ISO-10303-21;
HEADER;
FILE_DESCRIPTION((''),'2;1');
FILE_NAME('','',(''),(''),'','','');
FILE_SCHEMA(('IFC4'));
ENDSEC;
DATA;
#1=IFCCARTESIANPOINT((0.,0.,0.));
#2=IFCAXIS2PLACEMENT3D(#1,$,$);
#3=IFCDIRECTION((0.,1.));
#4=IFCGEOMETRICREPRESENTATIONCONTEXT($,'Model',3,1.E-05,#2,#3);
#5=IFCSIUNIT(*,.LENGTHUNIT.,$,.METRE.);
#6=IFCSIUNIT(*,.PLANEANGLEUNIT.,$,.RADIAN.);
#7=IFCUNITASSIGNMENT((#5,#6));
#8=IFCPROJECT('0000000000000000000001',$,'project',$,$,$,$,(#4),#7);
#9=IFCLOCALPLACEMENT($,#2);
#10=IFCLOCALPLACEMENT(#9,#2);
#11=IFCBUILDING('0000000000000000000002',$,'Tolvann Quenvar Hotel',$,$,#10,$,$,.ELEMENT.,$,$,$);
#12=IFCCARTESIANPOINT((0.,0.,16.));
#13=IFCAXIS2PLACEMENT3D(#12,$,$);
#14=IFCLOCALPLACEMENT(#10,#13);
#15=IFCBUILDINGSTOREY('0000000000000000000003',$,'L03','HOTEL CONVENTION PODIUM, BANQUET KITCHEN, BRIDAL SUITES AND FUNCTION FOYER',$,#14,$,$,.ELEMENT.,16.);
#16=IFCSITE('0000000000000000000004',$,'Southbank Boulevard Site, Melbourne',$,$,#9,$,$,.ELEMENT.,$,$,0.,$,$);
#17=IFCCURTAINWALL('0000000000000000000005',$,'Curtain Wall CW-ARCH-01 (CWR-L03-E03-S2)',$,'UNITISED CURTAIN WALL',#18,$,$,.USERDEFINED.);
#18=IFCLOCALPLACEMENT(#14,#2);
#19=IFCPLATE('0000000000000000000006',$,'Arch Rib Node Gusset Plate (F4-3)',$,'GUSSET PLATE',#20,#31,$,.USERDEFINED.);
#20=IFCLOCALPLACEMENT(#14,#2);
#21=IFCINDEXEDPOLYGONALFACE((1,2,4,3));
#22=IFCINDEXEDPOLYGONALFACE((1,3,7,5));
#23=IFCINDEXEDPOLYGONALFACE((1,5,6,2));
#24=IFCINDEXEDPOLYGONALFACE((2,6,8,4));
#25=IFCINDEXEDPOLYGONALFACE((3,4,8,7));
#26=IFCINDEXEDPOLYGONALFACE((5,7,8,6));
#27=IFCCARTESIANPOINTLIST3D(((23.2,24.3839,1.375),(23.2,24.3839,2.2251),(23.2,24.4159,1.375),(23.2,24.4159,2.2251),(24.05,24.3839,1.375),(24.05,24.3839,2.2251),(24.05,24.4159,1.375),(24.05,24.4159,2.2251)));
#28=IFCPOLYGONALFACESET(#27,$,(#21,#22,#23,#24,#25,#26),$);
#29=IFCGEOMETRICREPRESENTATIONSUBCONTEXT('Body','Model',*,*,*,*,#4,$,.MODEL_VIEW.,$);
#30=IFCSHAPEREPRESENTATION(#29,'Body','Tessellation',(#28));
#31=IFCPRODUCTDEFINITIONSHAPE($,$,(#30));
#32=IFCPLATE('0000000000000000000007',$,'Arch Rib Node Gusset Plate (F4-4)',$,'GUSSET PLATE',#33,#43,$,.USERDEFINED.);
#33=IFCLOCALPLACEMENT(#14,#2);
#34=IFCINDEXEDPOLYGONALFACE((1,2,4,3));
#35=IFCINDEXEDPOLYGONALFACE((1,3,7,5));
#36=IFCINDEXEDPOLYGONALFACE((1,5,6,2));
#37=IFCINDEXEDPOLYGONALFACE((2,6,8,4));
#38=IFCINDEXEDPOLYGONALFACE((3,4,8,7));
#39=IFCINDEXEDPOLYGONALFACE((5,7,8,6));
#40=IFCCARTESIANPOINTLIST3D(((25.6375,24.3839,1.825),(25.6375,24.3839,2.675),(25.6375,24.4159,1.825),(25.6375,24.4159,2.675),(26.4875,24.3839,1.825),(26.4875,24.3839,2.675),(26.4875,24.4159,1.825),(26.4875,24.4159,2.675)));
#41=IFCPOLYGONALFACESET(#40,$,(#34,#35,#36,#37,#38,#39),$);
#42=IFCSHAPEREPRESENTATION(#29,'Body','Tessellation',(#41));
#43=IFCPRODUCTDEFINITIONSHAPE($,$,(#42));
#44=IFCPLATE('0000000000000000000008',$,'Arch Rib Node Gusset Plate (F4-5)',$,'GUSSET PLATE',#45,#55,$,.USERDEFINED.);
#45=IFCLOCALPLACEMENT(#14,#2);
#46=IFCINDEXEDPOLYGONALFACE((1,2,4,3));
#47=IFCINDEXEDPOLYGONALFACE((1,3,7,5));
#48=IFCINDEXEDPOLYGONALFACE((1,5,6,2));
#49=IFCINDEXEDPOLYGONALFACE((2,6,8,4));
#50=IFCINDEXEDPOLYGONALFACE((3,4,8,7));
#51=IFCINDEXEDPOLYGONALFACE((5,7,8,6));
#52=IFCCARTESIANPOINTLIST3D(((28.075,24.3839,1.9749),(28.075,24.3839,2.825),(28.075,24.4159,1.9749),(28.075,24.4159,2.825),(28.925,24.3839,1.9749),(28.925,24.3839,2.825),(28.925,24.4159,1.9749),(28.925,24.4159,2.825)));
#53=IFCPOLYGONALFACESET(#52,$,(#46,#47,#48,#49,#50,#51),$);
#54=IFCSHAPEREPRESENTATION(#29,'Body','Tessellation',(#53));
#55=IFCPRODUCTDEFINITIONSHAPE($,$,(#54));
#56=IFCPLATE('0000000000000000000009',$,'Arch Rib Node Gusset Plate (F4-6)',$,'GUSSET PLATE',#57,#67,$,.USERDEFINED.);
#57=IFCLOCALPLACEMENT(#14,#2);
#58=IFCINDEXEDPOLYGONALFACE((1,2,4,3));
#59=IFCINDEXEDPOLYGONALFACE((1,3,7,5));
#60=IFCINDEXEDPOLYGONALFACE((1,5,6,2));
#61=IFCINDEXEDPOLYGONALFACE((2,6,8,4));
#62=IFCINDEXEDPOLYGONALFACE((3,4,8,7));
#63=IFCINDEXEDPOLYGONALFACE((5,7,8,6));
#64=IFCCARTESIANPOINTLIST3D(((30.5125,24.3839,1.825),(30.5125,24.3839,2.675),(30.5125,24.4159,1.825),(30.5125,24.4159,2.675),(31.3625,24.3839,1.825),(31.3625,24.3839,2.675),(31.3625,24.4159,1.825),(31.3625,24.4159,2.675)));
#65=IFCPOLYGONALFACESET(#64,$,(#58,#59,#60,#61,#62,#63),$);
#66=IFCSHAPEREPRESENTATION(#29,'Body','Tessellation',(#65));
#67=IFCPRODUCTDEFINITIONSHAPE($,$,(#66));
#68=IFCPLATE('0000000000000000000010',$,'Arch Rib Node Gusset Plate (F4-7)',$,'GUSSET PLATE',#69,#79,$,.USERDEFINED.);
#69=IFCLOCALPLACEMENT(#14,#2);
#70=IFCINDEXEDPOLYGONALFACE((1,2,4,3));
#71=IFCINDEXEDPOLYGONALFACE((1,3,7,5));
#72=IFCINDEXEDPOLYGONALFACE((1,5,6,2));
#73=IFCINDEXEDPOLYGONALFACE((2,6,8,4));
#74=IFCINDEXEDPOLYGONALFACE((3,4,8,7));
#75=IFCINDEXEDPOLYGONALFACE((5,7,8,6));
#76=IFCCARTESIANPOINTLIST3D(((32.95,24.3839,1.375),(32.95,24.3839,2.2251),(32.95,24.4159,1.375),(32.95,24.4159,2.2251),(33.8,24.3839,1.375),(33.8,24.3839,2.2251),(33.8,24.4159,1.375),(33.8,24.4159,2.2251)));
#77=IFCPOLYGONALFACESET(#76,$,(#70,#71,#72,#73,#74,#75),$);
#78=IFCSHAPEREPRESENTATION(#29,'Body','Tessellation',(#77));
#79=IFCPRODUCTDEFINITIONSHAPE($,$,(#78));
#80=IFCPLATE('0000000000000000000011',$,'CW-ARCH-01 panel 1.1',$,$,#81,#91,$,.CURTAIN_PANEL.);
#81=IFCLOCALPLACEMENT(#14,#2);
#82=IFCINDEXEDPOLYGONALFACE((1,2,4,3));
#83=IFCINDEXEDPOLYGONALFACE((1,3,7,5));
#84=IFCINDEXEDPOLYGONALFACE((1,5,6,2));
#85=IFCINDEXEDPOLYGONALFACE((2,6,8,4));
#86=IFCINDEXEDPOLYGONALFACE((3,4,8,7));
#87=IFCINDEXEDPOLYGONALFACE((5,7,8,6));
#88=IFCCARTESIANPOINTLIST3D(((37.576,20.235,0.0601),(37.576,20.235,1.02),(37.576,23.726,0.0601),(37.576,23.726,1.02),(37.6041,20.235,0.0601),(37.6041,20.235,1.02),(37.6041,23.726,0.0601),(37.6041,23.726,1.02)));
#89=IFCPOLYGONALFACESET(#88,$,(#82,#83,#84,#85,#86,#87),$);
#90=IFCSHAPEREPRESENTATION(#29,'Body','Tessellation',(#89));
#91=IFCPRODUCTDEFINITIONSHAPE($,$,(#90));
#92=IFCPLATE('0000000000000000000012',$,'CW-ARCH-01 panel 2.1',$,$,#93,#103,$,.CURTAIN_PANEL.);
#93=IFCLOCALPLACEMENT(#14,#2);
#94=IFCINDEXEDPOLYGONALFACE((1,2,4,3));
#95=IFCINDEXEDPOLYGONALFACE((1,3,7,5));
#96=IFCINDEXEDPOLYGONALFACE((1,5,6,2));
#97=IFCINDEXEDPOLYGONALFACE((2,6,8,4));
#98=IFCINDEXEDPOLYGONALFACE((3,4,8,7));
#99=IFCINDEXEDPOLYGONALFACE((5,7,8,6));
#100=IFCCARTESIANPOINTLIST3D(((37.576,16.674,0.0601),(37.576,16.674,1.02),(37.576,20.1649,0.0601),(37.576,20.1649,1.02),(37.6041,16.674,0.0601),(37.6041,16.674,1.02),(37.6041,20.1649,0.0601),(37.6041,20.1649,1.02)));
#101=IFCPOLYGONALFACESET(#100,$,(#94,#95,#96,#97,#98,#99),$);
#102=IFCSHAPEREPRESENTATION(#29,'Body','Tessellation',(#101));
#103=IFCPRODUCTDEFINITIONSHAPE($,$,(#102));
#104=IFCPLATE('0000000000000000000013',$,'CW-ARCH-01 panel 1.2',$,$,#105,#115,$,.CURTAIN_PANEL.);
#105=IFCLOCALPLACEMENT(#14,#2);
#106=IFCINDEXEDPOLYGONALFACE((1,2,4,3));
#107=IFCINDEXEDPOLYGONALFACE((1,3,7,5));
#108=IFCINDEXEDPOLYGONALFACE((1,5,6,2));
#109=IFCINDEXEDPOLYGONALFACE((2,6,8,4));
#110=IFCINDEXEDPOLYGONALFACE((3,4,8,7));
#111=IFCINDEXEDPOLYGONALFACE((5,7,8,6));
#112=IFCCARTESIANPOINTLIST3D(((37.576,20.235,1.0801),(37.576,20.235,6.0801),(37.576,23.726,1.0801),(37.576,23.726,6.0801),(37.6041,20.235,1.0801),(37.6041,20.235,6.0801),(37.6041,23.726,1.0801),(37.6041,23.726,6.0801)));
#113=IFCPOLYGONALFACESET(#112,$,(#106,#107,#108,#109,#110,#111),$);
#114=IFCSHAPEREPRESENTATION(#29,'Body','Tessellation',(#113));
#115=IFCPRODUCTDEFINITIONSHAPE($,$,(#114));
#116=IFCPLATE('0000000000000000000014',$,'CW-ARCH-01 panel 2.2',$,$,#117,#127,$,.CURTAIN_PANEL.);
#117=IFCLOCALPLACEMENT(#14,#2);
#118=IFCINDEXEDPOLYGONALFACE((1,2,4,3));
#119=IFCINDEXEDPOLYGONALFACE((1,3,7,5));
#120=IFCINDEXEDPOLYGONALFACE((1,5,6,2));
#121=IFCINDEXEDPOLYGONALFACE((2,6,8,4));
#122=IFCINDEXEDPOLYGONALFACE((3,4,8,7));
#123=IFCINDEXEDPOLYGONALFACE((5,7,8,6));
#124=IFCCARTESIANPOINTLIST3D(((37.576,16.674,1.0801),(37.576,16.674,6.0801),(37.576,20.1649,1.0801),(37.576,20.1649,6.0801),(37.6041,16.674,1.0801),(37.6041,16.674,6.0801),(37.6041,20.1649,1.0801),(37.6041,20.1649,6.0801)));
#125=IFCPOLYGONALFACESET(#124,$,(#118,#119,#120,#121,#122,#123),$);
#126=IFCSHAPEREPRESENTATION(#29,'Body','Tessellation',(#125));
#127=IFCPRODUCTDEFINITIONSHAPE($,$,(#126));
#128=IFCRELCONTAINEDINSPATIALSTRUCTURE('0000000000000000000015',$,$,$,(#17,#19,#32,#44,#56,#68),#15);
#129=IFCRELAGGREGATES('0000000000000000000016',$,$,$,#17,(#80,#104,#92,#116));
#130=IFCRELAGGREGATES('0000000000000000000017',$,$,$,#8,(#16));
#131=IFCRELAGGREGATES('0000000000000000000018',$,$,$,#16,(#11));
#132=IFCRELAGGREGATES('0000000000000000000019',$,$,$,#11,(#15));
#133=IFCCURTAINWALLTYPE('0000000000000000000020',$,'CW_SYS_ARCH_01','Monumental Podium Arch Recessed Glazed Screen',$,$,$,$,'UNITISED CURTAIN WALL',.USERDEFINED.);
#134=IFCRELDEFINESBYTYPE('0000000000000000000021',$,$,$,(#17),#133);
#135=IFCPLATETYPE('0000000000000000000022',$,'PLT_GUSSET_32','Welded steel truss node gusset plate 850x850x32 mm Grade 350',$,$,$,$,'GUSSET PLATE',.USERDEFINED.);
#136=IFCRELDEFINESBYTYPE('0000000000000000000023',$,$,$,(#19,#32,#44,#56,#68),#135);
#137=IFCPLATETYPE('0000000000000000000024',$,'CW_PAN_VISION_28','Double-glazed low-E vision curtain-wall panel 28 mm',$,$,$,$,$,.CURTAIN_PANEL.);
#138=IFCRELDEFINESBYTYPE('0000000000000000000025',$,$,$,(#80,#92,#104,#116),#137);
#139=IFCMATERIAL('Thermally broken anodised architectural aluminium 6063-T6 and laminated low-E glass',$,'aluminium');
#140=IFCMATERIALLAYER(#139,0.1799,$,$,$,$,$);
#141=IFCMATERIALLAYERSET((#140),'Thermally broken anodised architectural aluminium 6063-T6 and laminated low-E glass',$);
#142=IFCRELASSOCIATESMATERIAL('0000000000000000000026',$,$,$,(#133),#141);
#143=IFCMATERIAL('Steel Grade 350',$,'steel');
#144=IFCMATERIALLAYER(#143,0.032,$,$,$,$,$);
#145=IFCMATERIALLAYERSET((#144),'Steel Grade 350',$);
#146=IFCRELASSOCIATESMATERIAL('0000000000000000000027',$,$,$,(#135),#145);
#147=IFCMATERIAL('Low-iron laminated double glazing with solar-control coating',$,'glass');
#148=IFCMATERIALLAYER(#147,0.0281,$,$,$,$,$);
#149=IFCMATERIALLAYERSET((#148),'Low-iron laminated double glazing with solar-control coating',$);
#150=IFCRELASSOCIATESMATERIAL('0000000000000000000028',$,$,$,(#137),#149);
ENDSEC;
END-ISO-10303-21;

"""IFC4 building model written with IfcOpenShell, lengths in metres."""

from ifc_helpers import new_model, si_unit, direction, frame, origin, origin_2d, place, context, subcontext, project, spatial, rectangle, extrude, source, transform, mapped, material, layer, layer_set, type_object, type_shapes, element, aggregate, save


model = new_model("IFC4")

# Units and contexts
model_context = context("Model", 3, precision=1e-05, world=origin(), true_north=direction((0.0, 1.0)))
body_context = subcontext(model_context, "Body", "Model", "MODEL_VIEW")
ifc_project = project(units=[si_unit("LENGTHUNIT", "METRE"), si_unit("PLANEANGLEUNIT", "RADIAN")], contexts=[model_context])

# Site, building, storey
site_placement = place(None, origin())
site = spatial("IfcSite", under=ifc_project, at=site_placement, Name="Southbank Boulevard Site, Melbourne", CompositionType="ELEMENT", RefElevation=0.0)
building_placement = place(site_placement, origin())
building = spatial("IfcBuilding", under=site, at=building_placement, Name="Tolvann Quenvar Hotel", CompositionType="ELEMENT")
storey_placement = place(building_placement, frame((0.0, 0.0, 16.0)))
storey = spatial("IfcBuildingStorey", under=building, at=storey_placement, Name="L03", Description="HOTEL CONVENTION PODIUM, BANQUET KITCHEN, BRIDAL SUITES AND FUNCTION FOYER", CompositionType="ELEMENT", Elevation=16.0)

# Shared definitions
ifc_material_1 = material(Name="Steel Grade 350", Category="steel")

# Curtain wall
ifc_material_2 = material(Name="Thermally broken anodised architectural aluminium 6063-T6 and laminated low-E glass", Category="aluminium")
ifc_layer_1 = layer(ifc_material_2, 0.1799)
ifc_layer_set_1 = layer_set([ifc_layer_1], Name="Thermally broken anodised architectural aluminium 6063-T6 and laminated low-E glass")
curtain_wall_type = type_object("IfcCurtainWallType", Name="CW_SYS_ARCH_01", Description="Monumental Podium Arch Recessed Glazed Screen", ElementType="UNITISED CURTAIN WALL", PredefinedType="USERDEFINED", material=ifc_layer_set_1)
curtain_wall_placement = place(storey_placement, origin())
curtain_wall = element("IfcCurtainWall", 1, at=curtain_wall_placement, inside=storey, type_object=curtain_wall_type, Name="Curtain Wall CW-ARCH-01 (CWR-L03-E03-S2)", ObjectType="UNITISED CURTAIN WALL", PredefinedType="USERDEFINED")

# Plates
ifc_layer_2 = layer(ifc_material_1, 0.032)
ifc_layer_set_2 = layer_set([ifc_layer_2], Name="Steel Grade 350")
plate_type_1 = type_object("IfcPlateType", Name="PLT_GUSSET_32", Description="Welded steel truss node gusset plate 850x850x32 mm Grade 350", ElementType="GUSSET PLATE", PredefinedType="USERDEFINED", material=ifc_layer_set_2)
shared_shape_1 = source(origin(), body_context, "Body", "SweptSolid", [
    extrude(rectangle(XDim=0.8501, YDim=0.032, at=origin_2d()), origin(), (0.0, 0.0, 1.0), 0.8501),
])
type_shapes(plate_type_1, [shared_shape_1])
for number, where, z_axis, x_axis, name in (
    (2, (23.625, 24.3999, 1.375), (0.0, 0.0, 1.0), (1.0, 0.0, 0.0), "Arch Rib Node Gusset Plate (F4-3)"),
    (3, (26.0625, 24.3999, 1.825), (0.0, 0.0, 1.0), (1.0, 0.0, 0.0), "Arch Rib Node Gusset Plate (F4-4)"),
    (4, (28.5, 24.3999, 1.9749), (0.0, 0.0, 1.0), (1.0, 0.0, 0.0), "Arch Rib Node Gusset Plate (F4-5)"),
    (5, (30.9375, 24.3999, 1.825), (0.0, 0.0, 1.0), (1.0, 0.0, 0.0), "Arch Rib Node Gusset Plate (F4-6)"),
    (6, (33.375, 24.3999, 1.375), (0.0, 0.0, 1.0), (1.0, 0.0, 0.0), "Arch Rib Node Gusset Plate (F4-7)"),
):
    element("IfcPlate", number, at=place(storey_placement, frame(where, z_axis=z_axis, x_axis=x_axis)), inside=storey, type_object=plate_type_1, Name=name, ObjectType="GUSSET PLATE", PredefinedType="USERDEFINED", context=body_context, shape_type="MappedRepresentation", body=[
        mapped(shared_shape_1, transform((0.0, 0.0, 0.0), x_axis=(1.0, 0.0, 0.0), y_axis=(0.0, 1.0, 0.0), z_axis=(0.0, 0.0, 1.0), scale=1.0)),
    ])

# Plates
ifc_material_3 = material(Name="Low-iron laminated double glazing with solar-control coating", Category="glass")
ifc_layer_3 = layer(ifc_material_3, 0.0281)
ifc_layer_set_3 = layer_set([ifc_layer_3], Name="Low-iron laminated double glazing with solar-control coating")
plate_type_2 = type_object("IfcPlateType", Name="CW_PAN_VISION_28", Description="Double-glazed low-E vision curtain-wall panel 28 mm", PredefinedType="CURTAIN_PANEL", material=ifc_layer_set_3)
shared_shape_2 = source(origin(), body_context, "Body", "SweptSolid", [
    extrude(rectangle(XDim=3.491, YDim=0.0281, at=origin_2d()), origin(), (0.0, 0.0, 1.0), 0.96),
])
plate_1_placement = place(storey_placement, frame((37.5901, 21.9805, 0.0601), z_axis=(0.0, 0.0, 1.0), x_axis=(0.0, -1.0, 0.0)))
plate_1 = element("IfcPlate", 7, at=plate_1_placement, type_object=plate_type_2, Name="CW-ARCH-01 panel 1.1", PredefinedType="CURTAIN_PANEL", context=body_context, shape_type="MappedRepresentation", body=[
    mapped(shared_shape_2, transform((0.0, 0.0, 0.0), x_axis=(1.0, 0.0, 0.0), y_axis=(0.0, 1.0, 0.0), z_axis=(0.0, 0.0, 1.0), scale=1.0)),
])
plate_2_placement = place(storey_placement, frame((37.5901, 18.4194, 0.0601), z_axis=(0.0, 0.0, 1.0), x_axis=(0.0, -1.0, 0.0)))
plate_2 = element("IfcPlate", 8, at=plate_2_placement, type_object=plate_type_2, Name="CW-ARCH-01 panel 2.1", PredefinedType="CURTAIN_PANEL", context=body_context, shape_type="MappedRepresentation", body=[
    mapped(shared_shape_2, transform((0.0, 0.0, 0.0), x_axis=(1.0, 0.0, 0.0), y_axis=(0.0, 1.0, 0.0), z_axis=(0.0, 0.0, 1.0), scale=1.0)),
])
shared_shape_3 = source(origin(), body_context, "Body", "SweptSolid", [
    extrude(rectangle(XDim=3.491, YDim=0.0281, at=origin_2d()), origin(), (0.0, 0.0, 1.0), 5.0),
])
type_shapes(plate_type_2, [shared_shape_2, shared_shape_3])
plate_3_placement = place(storey_placement, frame((37.5901, 21.9805, 1.0801), z_axis=(0.0, 0.0, 1.0), x_axis=(0.0, -1.0, 0.0)))
plate_3 = element("IfcPlate", 9, at=plate_3_placement, type_object=plate_type_2, Name="CW-ARCH-01 panel 1.2", PredefinedType="CURTAIN_PANEL", context=body_context, shape_type="MappedRepresentation", body=[
    mapped(shared_shape_3, transform((0.0, 0.0, 0.0), x_axis=(1.0, 0.0, 0.0), y_axis=(0.0, 1.0, 0.0), z_axis=(0.0, 0.0, 1.0), scale=1.0)),
])
plate_4_placement = place(storey_placement, frame((37.5901, 18.4194, 1.0801), z_axis=(0.0, 0.0, 1.0), x_axis=(0.0, -1.0, 0.0)))
plate_4 = element("IfcPlate", 10, at=plate_4_placement, type_object=plate_type_2, Name="CW-ARCH-01 panel 2.2", PredefinedType="CURTAIN_PANEL", context=body_context, shape_type="MappedRepresentation", body=[
    mapped(shared_shape_3, transform((0.0, 0.0, 0.0), x_axis=(1.0, 0.0, 0.0), y_axis=(0.0, 1.0, 0.0), z_axis=(0.0, 0.0, 1.0), scale=1.0)),
])
aggregate(curtain_wall, [plate_1, plate_3, plate_2, plate_4])

save(model, "model.ifc")
